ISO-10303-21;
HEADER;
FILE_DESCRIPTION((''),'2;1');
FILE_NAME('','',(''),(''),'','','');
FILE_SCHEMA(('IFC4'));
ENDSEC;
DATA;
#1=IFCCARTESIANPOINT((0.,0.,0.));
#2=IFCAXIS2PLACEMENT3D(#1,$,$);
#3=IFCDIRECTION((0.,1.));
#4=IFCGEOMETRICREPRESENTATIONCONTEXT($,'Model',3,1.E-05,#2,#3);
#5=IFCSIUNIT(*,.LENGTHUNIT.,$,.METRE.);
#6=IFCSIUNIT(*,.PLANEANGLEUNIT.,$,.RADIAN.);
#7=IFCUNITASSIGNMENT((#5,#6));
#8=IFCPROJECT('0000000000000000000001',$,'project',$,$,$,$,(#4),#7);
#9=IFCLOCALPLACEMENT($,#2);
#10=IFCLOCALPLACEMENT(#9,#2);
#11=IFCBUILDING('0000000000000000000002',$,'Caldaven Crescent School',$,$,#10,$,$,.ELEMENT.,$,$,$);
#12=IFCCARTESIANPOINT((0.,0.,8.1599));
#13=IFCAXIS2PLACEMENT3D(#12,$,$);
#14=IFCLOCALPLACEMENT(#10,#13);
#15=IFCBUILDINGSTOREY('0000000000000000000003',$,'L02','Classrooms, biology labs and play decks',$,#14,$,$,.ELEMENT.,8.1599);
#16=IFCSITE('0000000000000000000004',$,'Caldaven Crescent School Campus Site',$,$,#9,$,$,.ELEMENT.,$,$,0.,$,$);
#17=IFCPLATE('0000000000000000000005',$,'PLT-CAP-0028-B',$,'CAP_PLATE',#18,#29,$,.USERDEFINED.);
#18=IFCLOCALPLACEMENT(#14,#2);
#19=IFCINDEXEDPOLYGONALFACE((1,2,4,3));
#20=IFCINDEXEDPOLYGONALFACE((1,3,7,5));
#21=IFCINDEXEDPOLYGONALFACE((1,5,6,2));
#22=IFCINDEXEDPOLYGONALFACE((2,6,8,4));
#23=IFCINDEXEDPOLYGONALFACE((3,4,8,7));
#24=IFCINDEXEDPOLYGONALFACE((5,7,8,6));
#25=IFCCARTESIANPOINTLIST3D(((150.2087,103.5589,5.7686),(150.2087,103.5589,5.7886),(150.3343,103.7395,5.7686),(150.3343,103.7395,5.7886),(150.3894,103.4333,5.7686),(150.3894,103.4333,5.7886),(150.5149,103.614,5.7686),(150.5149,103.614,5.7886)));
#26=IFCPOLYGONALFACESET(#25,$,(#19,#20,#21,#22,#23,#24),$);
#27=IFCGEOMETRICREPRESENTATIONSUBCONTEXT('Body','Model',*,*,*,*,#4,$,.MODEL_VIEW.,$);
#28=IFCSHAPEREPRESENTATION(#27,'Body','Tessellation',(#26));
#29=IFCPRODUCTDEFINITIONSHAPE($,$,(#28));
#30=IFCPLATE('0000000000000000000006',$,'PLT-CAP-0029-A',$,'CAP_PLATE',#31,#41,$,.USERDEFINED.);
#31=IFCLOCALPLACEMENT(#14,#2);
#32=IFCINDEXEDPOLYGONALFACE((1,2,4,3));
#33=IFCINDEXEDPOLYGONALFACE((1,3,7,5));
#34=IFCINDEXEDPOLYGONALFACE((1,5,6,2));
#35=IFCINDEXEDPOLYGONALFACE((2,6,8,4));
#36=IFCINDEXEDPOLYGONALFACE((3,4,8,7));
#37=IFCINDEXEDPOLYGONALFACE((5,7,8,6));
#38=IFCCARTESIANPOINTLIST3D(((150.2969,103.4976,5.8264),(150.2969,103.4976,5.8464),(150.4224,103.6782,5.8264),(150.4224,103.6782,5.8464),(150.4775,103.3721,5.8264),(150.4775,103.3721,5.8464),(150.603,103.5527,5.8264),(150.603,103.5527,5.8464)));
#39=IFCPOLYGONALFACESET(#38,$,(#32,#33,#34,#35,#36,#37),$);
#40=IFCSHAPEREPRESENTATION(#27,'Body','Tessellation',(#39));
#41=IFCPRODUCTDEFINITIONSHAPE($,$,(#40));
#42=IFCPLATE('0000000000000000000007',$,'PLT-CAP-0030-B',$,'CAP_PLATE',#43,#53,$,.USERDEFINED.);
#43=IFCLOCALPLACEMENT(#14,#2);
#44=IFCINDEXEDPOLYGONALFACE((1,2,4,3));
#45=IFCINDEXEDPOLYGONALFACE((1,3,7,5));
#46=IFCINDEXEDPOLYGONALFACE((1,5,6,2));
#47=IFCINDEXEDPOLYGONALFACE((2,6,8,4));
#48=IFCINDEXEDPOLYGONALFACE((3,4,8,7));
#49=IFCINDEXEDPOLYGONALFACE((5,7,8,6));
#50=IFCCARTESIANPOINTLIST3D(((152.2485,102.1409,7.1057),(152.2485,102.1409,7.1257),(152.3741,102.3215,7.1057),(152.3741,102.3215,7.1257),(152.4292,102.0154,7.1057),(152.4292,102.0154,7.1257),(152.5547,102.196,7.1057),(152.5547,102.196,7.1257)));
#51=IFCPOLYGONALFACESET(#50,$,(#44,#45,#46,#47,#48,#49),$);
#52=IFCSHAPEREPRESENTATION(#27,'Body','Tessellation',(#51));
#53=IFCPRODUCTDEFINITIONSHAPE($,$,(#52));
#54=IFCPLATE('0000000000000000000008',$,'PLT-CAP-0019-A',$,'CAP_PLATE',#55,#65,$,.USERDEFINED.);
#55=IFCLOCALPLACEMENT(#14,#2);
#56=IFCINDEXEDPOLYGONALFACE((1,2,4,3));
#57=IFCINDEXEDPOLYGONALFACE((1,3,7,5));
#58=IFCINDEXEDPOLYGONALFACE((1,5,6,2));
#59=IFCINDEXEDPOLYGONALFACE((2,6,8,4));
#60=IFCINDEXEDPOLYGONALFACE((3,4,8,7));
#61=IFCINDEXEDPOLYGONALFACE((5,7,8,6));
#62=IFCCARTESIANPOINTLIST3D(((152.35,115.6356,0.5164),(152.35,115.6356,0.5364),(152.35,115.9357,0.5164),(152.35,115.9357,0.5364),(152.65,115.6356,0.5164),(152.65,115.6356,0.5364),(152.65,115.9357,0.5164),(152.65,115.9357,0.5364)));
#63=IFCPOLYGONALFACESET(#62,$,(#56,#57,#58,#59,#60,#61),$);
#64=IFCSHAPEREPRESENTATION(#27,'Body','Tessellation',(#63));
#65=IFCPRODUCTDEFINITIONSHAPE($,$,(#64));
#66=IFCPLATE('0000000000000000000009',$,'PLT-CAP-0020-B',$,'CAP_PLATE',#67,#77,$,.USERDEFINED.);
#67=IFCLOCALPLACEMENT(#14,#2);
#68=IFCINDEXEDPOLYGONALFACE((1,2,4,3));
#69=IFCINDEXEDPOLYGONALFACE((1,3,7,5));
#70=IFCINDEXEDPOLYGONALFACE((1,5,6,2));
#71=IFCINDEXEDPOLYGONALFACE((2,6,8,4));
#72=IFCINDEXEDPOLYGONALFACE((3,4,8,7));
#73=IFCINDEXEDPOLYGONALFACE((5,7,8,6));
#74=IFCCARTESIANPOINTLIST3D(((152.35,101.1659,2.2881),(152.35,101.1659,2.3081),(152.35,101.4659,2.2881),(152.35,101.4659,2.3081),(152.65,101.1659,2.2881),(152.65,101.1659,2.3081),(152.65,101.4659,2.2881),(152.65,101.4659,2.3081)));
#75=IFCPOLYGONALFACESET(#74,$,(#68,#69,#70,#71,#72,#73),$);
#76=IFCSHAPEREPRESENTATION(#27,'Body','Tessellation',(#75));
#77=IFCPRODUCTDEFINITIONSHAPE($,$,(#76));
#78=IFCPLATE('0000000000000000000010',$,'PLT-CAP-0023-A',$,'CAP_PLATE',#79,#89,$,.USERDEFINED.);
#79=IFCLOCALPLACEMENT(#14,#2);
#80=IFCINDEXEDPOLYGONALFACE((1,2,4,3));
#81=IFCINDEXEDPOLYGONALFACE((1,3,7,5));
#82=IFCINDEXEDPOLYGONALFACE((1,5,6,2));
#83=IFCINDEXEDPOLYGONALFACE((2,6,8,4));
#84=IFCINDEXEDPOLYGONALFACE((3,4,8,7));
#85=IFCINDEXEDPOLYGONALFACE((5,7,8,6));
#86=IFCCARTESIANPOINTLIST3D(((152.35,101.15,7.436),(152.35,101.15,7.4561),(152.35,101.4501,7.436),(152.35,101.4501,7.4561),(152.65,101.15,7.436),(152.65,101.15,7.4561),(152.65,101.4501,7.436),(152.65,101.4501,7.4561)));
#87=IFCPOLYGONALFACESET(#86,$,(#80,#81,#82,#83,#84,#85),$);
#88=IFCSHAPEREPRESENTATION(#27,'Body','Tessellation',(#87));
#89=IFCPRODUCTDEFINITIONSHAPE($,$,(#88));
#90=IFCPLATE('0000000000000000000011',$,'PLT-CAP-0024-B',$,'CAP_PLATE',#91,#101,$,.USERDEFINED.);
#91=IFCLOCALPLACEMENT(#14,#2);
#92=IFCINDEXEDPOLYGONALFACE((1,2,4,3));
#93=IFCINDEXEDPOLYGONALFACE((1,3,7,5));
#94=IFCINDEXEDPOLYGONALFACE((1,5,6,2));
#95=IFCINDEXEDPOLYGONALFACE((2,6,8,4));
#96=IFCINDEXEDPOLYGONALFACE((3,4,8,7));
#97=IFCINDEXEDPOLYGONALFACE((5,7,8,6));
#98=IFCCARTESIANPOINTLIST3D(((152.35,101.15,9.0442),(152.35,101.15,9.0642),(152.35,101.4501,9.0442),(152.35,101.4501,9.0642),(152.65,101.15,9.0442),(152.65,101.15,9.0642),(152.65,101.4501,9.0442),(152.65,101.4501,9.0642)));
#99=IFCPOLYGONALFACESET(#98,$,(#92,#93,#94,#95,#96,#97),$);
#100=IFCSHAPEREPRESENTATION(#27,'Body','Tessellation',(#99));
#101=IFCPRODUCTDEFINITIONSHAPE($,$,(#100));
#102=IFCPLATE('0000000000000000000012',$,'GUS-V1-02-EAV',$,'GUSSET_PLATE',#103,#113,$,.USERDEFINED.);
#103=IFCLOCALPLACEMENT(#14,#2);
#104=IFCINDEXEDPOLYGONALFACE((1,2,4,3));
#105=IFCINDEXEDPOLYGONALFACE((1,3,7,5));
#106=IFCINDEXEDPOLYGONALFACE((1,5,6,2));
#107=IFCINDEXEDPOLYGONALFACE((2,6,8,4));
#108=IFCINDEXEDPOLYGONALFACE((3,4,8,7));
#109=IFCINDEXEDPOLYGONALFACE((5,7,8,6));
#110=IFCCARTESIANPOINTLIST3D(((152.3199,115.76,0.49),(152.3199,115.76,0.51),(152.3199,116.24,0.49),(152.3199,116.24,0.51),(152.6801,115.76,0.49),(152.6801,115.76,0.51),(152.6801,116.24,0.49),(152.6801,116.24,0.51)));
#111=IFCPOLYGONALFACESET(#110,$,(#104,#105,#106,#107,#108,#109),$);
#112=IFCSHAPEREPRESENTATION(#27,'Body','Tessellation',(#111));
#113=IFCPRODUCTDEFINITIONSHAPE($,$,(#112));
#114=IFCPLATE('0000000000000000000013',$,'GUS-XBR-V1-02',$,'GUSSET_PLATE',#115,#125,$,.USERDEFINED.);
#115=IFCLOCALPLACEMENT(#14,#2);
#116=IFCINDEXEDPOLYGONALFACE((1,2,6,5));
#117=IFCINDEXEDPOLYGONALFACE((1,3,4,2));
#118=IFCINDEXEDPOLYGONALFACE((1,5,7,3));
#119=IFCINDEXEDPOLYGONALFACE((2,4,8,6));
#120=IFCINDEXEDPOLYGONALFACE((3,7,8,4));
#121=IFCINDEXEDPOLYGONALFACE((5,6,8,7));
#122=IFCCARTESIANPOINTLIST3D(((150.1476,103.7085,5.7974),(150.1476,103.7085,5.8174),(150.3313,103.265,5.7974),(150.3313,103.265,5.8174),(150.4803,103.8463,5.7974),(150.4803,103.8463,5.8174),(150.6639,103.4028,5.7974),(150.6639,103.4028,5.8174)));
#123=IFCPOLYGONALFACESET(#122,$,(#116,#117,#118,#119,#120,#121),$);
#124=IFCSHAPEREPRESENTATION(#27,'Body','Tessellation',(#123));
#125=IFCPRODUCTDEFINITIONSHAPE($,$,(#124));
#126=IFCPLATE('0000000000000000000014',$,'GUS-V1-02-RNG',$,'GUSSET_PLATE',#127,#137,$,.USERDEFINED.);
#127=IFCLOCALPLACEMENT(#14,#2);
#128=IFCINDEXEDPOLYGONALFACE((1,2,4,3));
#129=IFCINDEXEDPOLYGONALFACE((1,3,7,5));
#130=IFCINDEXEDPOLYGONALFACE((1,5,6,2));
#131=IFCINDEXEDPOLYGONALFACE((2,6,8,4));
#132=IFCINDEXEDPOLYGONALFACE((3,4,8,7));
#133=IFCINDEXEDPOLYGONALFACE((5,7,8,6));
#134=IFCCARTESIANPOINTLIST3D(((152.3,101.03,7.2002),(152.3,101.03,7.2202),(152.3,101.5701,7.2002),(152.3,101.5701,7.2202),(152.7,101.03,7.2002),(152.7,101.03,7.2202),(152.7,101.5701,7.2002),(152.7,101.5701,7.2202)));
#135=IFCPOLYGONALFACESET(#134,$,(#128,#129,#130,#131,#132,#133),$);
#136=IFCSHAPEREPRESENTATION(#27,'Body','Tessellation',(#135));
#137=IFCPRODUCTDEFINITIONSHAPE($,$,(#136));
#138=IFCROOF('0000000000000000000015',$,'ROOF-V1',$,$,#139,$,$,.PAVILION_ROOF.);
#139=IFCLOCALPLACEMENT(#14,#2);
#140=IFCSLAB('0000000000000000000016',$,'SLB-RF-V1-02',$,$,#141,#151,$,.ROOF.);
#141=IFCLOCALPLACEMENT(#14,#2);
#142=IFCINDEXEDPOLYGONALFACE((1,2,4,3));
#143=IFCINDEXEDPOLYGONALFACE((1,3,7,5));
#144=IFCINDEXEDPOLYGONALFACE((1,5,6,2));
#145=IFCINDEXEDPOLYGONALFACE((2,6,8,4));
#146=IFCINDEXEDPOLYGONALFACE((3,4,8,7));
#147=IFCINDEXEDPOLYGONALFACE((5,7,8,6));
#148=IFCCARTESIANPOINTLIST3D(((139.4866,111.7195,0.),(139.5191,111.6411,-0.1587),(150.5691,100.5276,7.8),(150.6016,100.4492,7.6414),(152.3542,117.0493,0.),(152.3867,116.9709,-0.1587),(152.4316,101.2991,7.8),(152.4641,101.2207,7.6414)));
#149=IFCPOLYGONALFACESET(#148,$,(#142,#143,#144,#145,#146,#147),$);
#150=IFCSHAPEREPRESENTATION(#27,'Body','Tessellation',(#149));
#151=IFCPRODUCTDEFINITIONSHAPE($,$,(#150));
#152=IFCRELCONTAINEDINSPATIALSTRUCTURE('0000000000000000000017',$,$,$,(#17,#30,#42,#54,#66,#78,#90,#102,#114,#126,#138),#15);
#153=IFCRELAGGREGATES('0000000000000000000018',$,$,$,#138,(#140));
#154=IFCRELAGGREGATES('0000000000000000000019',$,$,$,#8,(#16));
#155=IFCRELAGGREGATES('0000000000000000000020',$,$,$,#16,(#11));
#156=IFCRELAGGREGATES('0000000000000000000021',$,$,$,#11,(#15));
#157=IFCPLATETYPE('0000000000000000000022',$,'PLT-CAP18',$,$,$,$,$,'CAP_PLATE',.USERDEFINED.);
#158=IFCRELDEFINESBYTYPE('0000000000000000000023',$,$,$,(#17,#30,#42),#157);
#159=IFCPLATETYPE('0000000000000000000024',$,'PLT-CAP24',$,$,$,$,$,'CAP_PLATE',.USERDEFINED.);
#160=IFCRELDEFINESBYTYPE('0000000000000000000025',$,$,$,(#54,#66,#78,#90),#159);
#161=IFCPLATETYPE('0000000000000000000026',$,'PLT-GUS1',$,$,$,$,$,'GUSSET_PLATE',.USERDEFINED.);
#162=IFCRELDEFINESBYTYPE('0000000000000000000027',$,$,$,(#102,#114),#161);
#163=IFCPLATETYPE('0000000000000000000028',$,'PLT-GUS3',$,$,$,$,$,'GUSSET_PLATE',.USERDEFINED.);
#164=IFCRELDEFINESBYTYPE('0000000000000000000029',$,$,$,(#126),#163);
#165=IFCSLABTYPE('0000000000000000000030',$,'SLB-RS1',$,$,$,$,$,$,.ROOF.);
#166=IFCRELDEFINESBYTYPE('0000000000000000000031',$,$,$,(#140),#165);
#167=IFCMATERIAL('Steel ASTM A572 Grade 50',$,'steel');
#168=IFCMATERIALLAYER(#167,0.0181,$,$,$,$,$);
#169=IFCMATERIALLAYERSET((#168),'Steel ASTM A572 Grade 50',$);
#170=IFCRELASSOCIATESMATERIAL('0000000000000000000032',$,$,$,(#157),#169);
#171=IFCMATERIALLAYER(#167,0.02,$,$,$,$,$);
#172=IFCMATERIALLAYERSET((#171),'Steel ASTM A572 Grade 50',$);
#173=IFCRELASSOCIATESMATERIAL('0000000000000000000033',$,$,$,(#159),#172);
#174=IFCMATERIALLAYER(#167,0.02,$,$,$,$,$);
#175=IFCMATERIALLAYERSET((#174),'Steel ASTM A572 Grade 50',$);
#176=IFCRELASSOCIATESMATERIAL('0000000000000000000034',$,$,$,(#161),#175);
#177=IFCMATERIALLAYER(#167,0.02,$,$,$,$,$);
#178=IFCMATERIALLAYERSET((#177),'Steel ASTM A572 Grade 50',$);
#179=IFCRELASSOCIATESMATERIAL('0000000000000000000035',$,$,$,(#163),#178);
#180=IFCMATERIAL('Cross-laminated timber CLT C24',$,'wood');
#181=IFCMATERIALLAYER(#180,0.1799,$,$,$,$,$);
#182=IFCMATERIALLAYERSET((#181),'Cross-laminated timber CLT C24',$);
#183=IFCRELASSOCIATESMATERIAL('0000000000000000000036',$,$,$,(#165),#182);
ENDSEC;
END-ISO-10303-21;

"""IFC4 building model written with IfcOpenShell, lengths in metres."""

from ifc_helpers import new_model, si_unit, direction, frame, origin, origin_2d, place, context, subcontext, project, spatial, polyline, rectangle, outline, extrude, material, layer, layer_set, type_object, element, aggregate, save


model = new_model("IFC4")

# Units and contexts
model_context = context("Model", 3, precision=1e-05, world=origin(), true_north=direction((0.0, 1.0)))
body_context = subcontext(model_context, "Body", "Model", "MODEL_VIEW")
ifc_project = project(units=[si_unit("LENGTHUNIT", "METRE"), si_unit("PLANEANGLEUNIT", "RADIAN")], contexts=[model_context])

# Site, building, storey
site_placement = place(None, origin())
site = spatial("IfcSite", under=ifc_project, at=site_placement, Name="Caldaven Crescent School Campus Site", CompositionType="ELEMENT", RefElevation=0.0)
building_placement = place(site_placement, origin())
building = spatial("IfcBuilding", under=site, at=building_placement, Name="Caldaven Crescent School", CompositionType="ELEMENT")
storey_placement = place(building_placement, frame((0.0, 0.0, 8.1599)))
storey = spatial("IfcBuildingStorey", under=building, at=storey_placement, Name="L02", Description="Classrooms, biology labs and play decks", CompositionType="ELEMENT", Elevation=8.1599)

# Shared definitions
ifc_material_1 = material(Name="Steel ASTM A572 Grade 50", Category="steel")

# Plates
ifc_layer_1 = layer(ifc_material_1, 0.0181)
ifc_layer_set_1 = layer_set([ifc_layer_1], Name="Steel ASTM A572 Grade 50")
plate_type_1 = type_object("IfcPlateType", Name="PLT-CAP18", ElementType="CAP_PLATE", PredefinedType="USERDEFINED", material=ifc_layer_set_1)
for number, where, z_axis, x_axis, name in (
    (1, (150.3618, 103.5864, 5.7686), (0.0, 0.0, 1.0), (0.821149, -0.570714, 0.0), "PLT-CAP-0028-B"),
    (2, (150.45, 103.5251, 5.8264), (0.0, 0.0, 1.0), (0.821149, -0.570714, 0.0), "PLT-CAP-0029-A"),
    (3, (152.4016, 102.1685, 7.1057), (0.0, 0.0, 1.0), (0.821149, -0.570714, 0.0), "PLT-CAP-0030-B"),
):
    element("IfcPlate", number, at=place(storey_placement, frame(where, z_axis=z_axis, x_axis=x_axis)), inside=storey, type_object=plate_type_1, Name=name, ObjectType="CAP_PLATE", PredefinedType="USERDEFINED", context=body_context, shape_type="SweptSolid", body=[
        extrude(rectangle(XDim=0.22, YDim=0.22, at=origin_2d()), origin(), (0.0, 0.0, 1.0), 0.02),
    ])
ifc_layer_2 = layer(ifc_material_1, 0.02)
ifc_layer_set_2 = layer_set([ifc_layer_2], Name="Steel ASTM A572 Grade 50")
plate_type_2 = type_object("IfcPlateType", Name="PLT-CAP24", ElementType="CAP_PLATE", PredefinedType="USERDEFINED", material=ifc_layer_set_2)
for number, where, z_axis, x_axis, name in (
    (4, (152.5, 115.7856, 0.5164), (0.0, 0.0, 1.0), (0.0, -1.0, 0.0), "PLT-CAP-0019-A"),
    (5, (152.5, 101.3159, 2.2881), (0.0, 0.0, 1.0), (0.0, -1.0, 0.0), "PLT-CAP-0020-B"),
    (6, (152.5, 101.3, 7.436), (0.0, 0.0, 1.0), (1.0, 0.0, 0.0), "PLT-CAP-0023-A"),
    (7, (152.5, 101.3, 9.0442), (0.0, 0.0, 1.0), (1.0, 0.0, 0.0), "PLT-CAP-0024-B"),
):
    element("IfcPlate", number, at=place(storey_placement, frame(where, z_axis=z_axis, x_axis=x_axis)), inside=storey, type_object=plate_type_2, Name=name, ObjectType="CAP_PLATE", PredefinedType="USERDEFINED", context=body_context, shape_type="SweptSolid", body=[
        extrude(rectangle(XDim=0.3, YDim=0.3, at=origin_2d()), origin(), (0.0, 0.0, 1.0), 0.02),
    ])
ifc_layer_3 = layer(ifc_material_1, 0.02)
ifc_layer_set_3 = layer_set([ifc_layer_3], Name="Steel ASTM A572 Grade 50")
plate_type_3 = type_object("IfcPlateType", Name="PLT-GUS1", ElementType="GUSSET_PLATE", PredefinedType="USERDEFINED", material=ifc_layer_set_3)
for number, where, z_axis, x_axis, name in (
    (8, (152.5, 116.0, 0.49), (0.0, 0.0, 1.0), (0.0, 1.0, 0.0), "GUS-V1-02-EAV"),
    (9, (150.4058, 103.5557, 5.7974), (0.0, 0.0, 1.0), (-0.382683, 0.92388, 0.0), "GUS-XBR-V1-02"),
):
    element("IfcPlate", number, at=place(storey_placement, frame(where, z_axis=z_axis, x_axis=x_axis)), inside=storey, type_object=plate_type_3, Name=name, ObjectType="GUSSET_PLATE", PredefinedType="USERDEFINED", context=body_context, shape_type="SweptSolid", body=[
        extrude(rectangle(XDim=0.48, YDim=0.3601, at=origin_2d()), origin(), (0.0, 0.0, 1.0), 0.02),
    ])
ifc_layer_4 = layer(ifc_material_1, 0.02)
ifc_layer_set_4 = layer_set([ifc_layer_4], Name="Steel ASTM A572 Grade 50")
plate_type_4 = type_object("IfcPlateType", Name="PLT-GUS3", ElementType="GUSSET_PLATE", PredefinedType="USERDEFINED", material=ifc_layer_set_4)
plate_placement = place(storey_placement, frame((152.5, 101.3, 7.2002), z_axis=(0.0, 0.0, 1.0), x_axis=(0.0, 1.0, 0.0)))
element("IfcPlate", 10, at=plate_placement, inside=storey, type_object=plate_type_4, Name="GUS-V1-02-RNG", ObjectType="GUSSET_PLATE", PredefinedType="USERDEFINED", context=body_context, shape_type="SweptSolid", body=[
    extrude(rectangle(XDim=0.54, YDim=0.3999, at=origin_2d()), origin(), (0.0, 0.0, 1.0), 0.02),
])

# Roof, slab
roof_placement = place(storey_placement, origin())
roof = element("IfcRoof", 11, at=roof_placement, inside=storey, Name="ROOF-V1", PredefinedType="PAVILION_ROOF")
ifc_material_2 = material(Name="Cross-laminated timber CLT C24", Category="wood")
ifc_layer_5 = layer(ifc_material_2, 0.1799)
ifc_layer_set_5 = layer_set([ifc_layer_5], Name="Cross-laminated timber CLT C24")
slab_type = type_object("IfcSlabType", Name="SLB-RS1", PredefinedType="ROOF", material=ifc_layer_set_5)
slab_placement = place(storey_placement, frame((152.3542, 117.0493, 0.0), z_axis=(-0.180506, 0.435791, 0.881762), x_axis=(-0.923883, -0.382675, 0.0)))
slab = element("IfcSlab", 12, at=slab_placement, type_object=slab_type, Name="SLB-RF-V1-02", PredefinedType="ROOF", context=body_context, shape_type="SweptSolid", body=[
    extrude(outline(polyline([(0.0, 0.0), (13.9278, 0.0), (7.9717, 16.5362), (5.9557, 16.5362), (0.0, 0.0)])), origin(), (0.0, 0.0, -1.0), 0.1799),
])
aggregate(roof, [slab])

save(model, "model.ifc")
